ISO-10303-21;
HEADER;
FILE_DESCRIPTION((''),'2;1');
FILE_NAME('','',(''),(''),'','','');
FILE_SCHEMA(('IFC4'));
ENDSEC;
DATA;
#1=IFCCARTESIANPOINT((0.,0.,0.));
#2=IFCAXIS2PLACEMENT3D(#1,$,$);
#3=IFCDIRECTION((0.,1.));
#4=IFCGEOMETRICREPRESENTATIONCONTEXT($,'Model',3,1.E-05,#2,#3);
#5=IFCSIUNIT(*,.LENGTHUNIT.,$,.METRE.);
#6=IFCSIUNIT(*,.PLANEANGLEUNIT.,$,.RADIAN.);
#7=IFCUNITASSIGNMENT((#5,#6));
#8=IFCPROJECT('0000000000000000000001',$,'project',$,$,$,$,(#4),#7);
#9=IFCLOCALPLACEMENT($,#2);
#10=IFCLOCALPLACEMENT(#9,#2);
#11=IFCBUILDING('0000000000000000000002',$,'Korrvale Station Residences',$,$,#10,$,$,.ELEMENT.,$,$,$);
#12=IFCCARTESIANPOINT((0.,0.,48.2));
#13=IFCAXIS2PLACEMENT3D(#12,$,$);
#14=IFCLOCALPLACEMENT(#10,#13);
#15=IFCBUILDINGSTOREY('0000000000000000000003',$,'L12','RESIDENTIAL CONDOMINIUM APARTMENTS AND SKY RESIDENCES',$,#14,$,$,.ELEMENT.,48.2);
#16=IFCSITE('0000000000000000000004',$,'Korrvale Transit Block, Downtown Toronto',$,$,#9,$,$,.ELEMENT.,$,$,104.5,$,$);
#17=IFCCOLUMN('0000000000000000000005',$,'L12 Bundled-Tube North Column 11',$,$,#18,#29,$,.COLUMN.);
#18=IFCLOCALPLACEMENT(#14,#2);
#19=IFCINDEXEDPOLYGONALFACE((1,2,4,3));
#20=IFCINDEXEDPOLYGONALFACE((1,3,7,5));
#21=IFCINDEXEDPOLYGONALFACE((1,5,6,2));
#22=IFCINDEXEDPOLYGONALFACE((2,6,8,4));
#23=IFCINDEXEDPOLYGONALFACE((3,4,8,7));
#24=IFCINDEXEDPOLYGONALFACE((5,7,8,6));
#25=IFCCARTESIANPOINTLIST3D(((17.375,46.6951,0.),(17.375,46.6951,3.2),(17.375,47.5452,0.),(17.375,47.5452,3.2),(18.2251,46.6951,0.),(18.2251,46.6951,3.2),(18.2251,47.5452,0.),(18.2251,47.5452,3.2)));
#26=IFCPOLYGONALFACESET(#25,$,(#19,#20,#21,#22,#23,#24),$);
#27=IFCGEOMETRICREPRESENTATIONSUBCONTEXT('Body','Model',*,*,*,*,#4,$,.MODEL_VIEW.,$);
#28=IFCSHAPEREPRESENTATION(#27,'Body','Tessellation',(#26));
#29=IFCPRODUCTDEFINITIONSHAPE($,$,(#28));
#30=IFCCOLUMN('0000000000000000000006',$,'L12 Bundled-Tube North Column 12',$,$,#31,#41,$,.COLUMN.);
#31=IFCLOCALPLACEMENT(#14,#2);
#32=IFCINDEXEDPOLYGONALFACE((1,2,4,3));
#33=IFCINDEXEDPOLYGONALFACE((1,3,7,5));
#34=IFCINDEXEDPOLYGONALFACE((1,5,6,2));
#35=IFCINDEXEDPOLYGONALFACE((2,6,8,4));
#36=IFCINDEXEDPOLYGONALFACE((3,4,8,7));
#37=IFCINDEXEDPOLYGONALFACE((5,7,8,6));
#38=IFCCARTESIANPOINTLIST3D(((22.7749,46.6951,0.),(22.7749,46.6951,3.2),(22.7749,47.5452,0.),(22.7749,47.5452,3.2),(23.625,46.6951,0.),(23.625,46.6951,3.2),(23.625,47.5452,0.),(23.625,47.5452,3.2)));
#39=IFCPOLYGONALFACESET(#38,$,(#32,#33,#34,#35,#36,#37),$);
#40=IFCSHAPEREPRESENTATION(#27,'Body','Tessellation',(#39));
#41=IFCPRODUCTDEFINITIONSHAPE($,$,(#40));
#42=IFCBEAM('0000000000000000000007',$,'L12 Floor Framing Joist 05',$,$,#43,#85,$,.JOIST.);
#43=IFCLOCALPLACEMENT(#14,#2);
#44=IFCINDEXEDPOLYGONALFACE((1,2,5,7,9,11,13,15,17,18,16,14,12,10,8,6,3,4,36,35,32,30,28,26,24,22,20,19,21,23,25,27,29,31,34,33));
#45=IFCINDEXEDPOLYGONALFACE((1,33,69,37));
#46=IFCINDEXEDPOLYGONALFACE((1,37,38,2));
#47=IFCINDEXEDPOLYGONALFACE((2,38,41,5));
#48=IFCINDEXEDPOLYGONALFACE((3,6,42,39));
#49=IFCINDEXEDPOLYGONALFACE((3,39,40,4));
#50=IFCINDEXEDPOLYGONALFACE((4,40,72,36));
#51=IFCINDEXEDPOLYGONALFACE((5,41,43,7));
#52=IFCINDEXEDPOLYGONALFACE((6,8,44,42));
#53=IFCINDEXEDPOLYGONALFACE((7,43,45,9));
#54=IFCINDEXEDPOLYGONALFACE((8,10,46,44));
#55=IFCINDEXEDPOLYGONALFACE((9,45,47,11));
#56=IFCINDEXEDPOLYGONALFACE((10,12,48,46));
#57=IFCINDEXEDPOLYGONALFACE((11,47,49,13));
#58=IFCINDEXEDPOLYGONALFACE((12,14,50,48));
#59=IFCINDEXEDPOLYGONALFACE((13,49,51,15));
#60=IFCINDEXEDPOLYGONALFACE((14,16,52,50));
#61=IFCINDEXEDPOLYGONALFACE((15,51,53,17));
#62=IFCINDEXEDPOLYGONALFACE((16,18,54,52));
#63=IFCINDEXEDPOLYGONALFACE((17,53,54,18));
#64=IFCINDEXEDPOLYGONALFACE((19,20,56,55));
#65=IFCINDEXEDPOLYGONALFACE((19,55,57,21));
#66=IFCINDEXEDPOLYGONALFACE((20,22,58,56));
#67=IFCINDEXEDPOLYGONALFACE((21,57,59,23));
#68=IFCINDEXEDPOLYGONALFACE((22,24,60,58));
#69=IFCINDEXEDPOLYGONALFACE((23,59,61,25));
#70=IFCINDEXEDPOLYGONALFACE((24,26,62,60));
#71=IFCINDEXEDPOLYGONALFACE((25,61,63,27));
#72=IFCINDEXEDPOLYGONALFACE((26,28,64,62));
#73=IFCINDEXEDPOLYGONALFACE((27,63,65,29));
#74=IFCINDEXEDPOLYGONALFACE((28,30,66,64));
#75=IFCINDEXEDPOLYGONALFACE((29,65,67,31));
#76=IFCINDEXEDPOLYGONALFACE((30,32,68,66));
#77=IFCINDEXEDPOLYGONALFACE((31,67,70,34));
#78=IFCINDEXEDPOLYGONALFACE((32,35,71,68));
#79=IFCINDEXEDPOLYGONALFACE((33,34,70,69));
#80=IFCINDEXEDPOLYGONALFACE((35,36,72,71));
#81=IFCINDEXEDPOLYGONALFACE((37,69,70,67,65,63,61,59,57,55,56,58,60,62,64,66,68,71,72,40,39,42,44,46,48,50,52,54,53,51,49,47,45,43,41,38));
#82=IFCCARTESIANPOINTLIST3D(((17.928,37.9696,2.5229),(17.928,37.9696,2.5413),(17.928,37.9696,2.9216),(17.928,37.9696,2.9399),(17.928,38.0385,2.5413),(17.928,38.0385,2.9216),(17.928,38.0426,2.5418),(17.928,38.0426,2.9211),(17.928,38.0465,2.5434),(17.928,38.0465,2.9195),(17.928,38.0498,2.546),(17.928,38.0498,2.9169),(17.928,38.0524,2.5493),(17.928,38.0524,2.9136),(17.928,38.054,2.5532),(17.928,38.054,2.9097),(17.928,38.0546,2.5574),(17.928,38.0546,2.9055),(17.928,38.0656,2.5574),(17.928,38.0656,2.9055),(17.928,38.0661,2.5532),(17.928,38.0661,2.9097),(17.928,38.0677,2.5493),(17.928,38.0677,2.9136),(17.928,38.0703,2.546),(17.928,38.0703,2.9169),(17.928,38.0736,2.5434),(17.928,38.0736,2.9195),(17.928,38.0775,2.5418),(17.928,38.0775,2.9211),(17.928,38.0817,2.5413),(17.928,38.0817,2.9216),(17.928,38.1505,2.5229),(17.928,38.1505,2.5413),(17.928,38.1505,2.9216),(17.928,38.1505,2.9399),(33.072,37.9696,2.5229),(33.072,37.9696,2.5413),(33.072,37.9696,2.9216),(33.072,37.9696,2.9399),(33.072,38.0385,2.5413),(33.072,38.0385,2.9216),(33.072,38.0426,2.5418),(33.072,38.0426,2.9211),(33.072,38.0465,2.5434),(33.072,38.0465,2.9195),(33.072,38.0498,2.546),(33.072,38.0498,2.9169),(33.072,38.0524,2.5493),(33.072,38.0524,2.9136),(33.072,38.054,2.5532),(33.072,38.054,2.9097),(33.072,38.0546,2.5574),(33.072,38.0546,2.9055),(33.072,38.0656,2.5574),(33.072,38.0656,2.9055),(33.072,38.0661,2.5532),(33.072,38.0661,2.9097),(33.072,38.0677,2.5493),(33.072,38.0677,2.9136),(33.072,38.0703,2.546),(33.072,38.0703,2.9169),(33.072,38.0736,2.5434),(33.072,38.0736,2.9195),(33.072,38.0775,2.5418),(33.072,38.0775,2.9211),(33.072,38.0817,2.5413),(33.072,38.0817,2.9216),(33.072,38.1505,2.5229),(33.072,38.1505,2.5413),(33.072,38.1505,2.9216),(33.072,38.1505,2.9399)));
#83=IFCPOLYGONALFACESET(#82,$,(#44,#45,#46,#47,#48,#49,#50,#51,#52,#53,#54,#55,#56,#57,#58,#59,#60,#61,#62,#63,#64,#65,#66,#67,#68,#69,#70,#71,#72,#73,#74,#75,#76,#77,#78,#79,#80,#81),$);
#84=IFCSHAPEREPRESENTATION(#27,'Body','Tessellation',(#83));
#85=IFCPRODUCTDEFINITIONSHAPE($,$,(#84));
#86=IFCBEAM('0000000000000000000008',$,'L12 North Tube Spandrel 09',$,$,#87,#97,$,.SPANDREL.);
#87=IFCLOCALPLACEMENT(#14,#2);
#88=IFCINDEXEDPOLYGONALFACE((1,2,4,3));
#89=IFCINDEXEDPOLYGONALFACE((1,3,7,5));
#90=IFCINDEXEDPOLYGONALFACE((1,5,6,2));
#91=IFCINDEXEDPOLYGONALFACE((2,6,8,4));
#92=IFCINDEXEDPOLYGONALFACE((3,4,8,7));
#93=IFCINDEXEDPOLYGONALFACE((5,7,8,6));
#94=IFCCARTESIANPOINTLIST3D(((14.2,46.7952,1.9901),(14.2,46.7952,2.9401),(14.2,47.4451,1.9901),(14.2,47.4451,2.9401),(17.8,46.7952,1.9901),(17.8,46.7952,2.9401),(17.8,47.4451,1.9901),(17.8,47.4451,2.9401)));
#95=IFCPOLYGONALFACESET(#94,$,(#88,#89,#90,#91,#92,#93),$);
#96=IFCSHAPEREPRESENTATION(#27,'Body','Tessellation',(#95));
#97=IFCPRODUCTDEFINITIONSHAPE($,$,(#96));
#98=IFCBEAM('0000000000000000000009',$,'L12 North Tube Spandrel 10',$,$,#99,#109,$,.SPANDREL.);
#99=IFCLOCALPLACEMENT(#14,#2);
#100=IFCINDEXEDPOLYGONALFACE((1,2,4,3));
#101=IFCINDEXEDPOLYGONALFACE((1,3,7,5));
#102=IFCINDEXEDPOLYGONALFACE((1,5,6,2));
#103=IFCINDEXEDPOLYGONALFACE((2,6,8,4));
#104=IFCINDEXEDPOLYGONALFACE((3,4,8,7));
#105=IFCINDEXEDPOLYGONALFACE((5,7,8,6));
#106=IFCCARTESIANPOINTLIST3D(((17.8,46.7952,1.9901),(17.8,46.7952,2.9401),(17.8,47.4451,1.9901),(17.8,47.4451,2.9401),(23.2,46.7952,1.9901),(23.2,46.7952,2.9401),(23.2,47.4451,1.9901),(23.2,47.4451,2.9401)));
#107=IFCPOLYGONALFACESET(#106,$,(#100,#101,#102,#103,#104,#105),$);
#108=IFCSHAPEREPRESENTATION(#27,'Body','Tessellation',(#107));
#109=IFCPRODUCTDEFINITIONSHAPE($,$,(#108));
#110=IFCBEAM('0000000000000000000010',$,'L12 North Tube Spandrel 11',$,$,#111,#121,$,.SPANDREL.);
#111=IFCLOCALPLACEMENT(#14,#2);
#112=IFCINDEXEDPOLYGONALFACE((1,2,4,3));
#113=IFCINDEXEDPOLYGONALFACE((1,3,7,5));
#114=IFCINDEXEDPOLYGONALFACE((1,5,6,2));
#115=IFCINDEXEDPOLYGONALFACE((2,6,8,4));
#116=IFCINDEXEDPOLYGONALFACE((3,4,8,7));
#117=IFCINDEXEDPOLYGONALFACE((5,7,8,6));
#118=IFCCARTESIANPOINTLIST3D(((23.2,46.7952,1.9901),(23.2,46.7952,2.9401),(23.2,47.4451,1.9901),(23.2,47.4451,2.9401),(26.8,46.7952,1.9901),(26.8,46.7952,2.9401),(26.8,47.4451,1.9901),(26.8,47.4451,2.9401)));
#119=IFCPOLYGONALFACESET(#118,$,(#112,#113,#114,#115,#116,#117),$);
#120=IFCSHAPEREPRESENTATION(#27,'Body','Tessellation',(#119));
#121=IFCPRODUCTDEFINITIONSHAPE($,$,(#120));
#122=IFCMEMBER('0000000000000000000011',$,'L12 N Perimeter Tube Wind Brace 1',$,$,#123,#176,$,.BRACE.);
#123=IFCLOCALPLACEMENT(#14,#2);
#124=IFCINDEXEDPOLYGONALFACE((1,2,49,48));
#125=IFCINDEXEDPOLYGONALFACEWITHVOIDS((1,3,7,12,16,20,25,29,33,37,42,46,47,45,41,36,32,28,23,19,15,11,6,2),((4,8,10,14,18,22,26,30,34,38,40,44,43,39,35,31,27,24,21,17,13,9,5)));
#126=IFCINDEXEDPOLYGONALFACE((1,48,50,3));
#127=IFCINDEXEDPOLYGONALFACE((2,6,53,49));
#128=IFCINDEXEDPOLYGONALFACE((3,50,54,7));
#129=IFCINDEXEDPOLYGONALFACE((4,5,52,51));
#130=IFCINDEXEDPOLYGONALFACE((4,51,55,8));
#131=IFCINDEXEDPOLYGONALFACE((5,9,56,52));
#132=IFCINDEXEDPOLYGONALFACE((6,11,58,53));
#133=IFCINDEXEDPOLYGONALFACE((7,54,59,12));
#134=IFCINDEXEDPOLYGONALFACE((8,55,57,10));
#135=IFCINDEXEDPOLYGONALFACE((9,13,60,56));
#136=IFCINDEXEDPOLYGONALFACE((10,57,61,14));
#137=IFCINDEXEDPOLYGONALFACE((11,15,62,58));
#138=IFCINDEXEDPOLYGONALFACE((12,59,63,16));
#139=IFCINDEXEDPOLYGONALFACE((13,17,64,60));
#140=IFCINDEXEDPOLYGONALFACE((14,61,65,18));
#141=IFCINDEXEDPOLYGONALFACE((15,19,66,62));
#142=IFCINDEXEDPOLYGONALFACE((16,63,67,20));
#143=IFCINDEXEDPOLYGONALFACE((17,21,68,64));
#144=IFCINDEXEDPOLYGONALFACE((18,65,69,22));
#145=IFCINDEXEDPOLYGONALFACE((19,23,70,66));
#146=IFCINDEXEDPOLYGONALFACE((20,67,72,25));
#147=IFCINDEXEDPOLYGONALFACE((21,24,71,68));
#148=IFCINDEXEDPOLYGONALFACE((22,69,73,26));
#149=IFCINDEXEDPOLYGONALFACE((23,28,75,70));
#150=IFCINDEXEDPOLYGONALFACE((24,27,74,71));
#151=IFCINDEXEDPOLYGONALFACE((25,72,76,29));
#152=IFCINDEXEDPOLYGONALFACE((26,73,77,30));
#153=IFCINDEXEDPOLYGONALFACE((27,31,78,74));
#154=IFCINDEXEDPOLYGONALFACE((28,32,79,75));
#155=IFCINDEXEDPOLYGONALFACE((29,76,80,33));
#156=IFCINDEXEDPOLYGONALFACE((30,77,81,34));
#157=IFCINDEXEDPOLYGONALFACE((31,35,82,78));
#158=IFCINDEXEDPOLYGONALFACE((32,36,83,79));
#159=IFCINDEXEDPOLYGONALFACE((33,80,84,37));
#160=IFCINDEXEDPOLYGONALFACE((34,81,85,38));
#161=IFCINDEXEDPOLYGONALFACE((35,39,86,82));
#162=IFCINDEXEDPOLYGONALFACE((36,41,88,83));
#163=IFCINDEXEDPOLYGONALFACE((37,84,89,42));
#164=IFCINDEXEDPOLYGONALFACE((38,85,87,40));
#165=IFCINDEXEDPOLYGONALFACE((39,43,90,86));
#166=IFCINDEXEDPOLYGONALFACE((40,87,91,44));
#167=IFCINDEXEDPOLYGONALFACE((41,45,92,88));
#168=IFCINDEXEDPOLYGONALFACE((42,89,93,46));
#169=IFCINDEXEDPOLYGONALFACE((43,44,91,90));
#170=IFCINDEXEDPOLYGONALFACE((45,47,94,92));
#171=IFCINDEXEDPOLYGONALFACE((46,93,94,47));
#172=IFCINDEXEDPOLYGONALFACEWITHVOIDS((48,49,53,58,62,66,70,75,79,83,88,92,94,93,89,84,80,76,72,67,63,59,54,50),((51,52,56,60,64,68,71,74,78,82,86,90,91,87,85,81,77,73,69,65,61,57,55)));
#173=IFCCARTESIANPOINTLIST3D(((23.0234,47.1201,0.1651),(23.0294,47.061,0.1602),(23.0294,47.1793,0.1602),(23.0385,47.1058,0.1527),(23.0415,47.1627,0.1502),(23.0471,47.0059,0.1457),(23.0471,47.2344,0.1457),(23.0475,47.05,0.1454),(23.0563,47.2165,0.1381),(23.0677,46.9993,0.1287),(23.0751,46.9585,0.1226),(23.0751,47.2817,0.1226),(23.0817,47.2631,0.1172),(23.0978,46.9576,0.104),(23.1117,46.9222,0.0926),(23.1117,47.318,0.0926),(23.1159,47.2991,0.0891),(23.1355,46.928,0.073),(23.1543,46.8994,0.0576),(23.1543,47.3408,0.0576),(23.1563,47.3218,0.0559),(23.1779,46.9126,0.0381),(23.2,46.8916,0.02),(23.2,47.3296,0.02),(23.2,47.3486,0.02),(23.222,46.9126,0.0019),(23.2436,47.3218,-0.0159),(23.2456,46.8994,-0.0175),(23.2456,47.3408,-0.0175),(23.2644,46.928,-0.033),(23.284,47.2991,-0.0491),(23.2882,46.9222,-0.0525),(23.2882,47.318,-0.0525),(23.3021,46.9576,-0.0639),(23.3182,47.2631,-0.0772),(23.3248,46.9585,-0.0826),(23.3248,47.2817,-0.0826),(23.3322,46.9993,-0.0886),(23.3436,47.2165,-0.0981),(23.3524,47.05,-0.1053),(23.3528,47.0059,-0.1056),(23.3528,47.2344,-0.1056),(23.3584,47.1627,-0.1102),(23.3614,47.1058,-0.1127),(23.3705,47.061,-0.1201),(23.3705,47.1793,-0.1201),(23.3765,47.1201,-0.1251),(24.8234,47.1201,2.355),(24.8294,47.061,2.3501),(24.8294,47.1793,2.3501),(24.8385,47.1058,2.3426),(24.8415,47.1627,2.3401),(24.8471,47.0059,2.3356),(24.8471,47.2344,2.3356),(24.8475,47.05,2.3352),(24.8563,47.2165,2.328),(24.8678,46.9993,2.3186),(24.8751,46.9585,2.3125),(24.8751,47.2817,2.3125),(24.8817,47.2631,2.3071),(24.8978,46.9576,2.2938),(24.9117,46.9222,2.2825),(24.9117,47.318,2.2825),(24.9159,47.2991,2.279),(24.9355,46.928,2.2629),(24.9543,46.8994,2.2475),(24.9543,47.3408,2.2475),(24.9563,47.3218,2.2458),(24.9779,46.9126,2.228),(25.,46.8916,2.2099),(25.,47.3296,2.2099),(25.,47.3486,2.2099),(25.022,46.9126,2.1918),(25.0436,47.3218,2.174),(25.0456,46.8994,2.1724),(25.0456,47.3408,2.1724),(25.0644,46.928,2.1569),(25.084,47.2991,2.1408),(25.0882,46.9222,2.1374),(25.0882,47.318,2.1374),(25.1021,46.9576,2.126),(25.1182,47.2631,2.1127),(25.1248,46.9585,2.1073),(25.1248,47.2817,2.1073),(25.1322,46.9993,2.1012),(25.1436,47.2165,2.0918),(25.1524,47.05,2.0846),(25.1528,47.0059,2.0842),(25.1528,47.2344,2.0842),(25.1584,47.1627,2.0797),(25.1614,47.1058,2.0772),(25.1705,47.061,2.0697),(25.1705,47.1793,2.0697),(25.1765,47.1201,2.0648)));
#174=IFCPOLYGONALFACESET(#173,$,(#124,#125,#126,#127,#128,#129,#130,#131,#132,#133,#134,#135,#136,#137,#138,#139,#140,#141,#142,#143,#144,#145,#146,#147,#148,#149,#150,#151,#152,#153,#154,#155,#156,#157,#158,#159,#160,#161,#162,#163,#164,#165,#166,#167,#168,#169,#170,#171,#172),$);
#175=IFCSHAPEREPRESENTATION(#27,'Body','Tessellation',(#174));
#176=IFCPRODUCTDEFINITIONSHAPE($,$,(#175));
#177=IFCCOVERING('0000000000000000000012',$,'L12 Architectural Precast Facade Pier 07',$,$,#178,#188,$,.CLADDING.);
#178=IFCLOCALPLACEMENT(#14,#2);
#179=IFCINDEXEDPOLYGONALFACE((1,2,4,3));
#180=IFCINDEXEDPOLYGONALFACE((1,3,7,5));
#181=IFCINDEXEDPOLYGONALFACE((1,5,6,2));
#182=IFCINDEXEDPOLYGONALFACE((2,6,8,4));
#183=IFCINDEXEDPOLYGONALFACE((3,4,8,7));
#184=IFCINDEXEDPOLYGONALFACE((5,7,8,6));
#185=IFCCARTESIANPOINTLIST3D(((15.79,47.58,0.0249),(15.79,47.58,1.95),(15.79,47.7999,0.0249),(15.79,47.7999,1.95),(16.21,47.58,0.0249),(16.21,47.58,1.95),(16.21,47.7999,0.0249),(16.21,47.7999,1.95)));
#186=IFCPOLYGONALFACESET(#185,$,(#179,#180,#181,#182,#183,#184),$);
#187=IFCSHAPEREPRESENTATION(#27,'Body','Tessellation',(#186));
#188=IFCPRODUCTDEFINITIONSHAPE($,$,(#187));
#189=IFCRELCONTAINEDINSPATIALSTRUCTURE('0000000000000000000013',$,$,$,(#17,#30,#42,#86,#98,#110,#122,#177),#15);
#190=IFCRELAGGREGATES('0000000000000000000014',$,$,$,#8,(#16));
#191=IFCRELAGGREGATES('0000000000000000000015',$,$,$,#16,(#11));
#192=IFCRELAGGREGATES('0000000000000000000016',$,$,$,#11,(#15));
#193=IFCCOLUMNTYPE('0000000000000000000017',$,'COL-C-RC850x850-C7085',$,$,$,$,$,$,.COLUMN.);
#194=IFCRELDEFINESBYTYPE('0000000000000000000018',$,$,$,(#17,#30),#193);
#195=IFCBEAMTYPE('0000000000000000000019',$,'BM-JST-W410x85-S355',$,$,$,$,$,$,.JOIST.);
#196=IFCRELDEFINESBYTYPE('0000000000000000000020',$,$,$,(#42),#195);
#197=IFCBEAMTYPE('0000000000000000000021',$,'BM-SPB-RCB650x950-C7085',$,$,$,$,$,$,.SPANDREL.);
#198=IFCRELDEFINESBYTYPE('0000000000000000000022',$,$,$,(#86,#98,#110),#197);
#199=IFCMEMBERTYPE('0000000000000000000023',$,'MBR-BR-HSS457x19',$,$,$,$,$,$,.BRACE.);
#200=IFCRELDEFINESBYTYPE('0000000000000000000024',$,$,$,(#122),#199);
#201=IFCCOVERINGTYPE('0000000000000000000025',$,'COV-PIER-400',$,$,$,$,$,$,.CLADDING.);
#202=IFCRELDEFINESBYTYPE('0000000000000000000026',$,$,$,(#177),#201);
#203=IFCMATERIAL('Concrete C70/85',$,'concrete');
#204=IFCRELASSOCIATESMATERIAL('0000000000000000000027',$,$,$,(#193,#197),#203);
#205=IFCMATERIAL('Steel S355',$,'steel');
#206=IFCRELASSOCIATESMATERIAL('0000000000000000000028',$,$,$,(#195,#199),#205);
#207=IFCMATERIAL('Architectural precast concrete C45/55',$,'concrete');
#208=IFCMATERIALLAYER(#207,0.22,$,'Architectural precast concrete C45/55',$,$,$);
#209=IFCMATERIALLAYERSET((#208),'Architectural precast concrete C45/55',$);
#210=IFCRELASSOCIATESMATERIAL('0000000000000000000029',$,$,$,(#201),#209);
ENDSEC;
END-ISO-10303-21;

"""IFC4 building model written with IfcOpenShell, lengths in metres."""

from ifc_helpers import new_model, si_unit, direction, frame, origin, origin_2d, place, context, subcontext, project, spatial, rectangle, hollow_circle, i_section, extrude, material, layer, layer_set, material_profile, profile_set, type_object, element, save


model = new_model("IFC4")

# Units and contexts
model_context = context("Model", 3, precision=1e-05, world=origin(), true_north=direction((0.0, 1.0)))
body_context = subcontext(model_context, "Body", "Model", "MODEL_VIEW")
ifc_project = project(units=[si_unit("LENGTHUNIT", "METRE"), si_unit("PLANEANGLEUNIT", "RADIAN")], contexts=[model_context])

# Site, building, storey
site_placement = place(None, origin())
site = spatial("IfcSite", under=ifc_project, at=site_placement, Name="Korrvale Transit Block, Downtown Toronto", CompositionType="ELEMENT", RefElevation=104.5)
building_placement = place(site_placement, origin())
building = spatial("IfcBuilding", under=site, at=building_placement, Name="Korrvale Station Residences", CompositionType="ELEMENT")
storey_placement = place(building_placement, frame((0.0, 0.0, 48.2)))
storey = spatial("IfcBuildingStorey", under=building, at=storey_placement, Name="L12", Description="RESIDENTIAL CONDOMINIUM APARTMENTS AND SKY RESIDENCES", CompositionType="ELEMENT", Elevation=48.2)

# Columns
ifc_material_1 = material(Name="Concrete C70/85", Category="concrete")
ifc_material_profile_1 = material_profile(ifc_material_1, rectangle(XDim=0.8501, YDim=0.8501, at=origin_2d()), Name="RC850x850")
ifc_profile_set_1 = profile_set([ifc_material_profile_1], Name="Concrete C70/85")
column_type = type_object("IfcColumnType", Name="COL-C-RC850x850-C7085", PredefinedType="COLUMN", material=ifc_profile_set_1)
for number, where, z_axis, x_axis, name in (
    (1, (17.8, 47.1201, 0.0), (0.0, 0.0, 1.0), (1.0, 0.0, 0.0), "L12 Bundled-Tube North Column 11"),
    (2, (23.2, 47.1201, 0.0), (0.0, 0.0, 1.0), (1.0, 0.0, 0.0), "L12 Bundled-Tube North Column 12"),
):
    element("IfcColumn", number, at=place(storey_placement, frame(where, z_axis=z_axis, x_axis=x_axis)), inside=storey, type_object=column_type, Name=name, PredefinedType="COLUMN", context=body_context, shape_type="SweptSolid", body=[
        extrude(rectangle(XDim=0.8501, YDim=0.8501, at=origin_2d()), origin(), (0.0, 0.0, 1.0), 3.2),
    ])

# Beams
ifc_material_2 = material(Name="Steel S355", Category="steel")
ifc_material_profile_2 = material_profile(ifc_material_2, i_section(OverallWidth=0.1809, OverallDepth=0.417, WebThickness=0.011, FlangeThickness=0.0183, FilletRadius=0.0161, at=origin_2d()), Name="W410x85")
ifc_profile_set_2 = profile_set([ifc_material_profile_2], Name="Steel S355")
beam_type_1 = type_object("IfcBeamType", Name="BM-JST-W410x85-S355", PredefinedType="JOIST", material=ifc_profile_set_2)
beam_1_placement = place(storey_placement, frame((17.928, 38.0601, 2.7314), z_axis=(1.0, 0.0, 0.0), x_axis=(0.0, 1.0, 0.0)))
element("IfcBeam", 3, at=beam_1_placement, inside=storey, type_object=beam_type_1, Name="L12 Floor Framing Joist 05", PredefinedType="JOIST", context=body_context, shape_type="SweptSolid", body=[
    extrude(i_section(OverallWidth=0.1809, OverallDepth=0.417, WebThickness=0.011, FlangeThickness=0.0183, FilletRadius=0.0161, at=origin_2d()), origin(), (0.0, 0.0, 1.0), 15.144),
])
ifc_material_profile_3 = material_profile(ifc_material_1, rectangle(XDim=0.6499, YDim=0.95, at=origin_2d()), Name="RCB650x950")
ifc_profile_set_3 = profile_set([ifc_material_profile_3], Name="Concrete C70/85")
beam_type_2 = type_object("IfcBeamType", Name="BM-SPB-RCB650x950-C7085", PredefinedType="SPANDREL", material=ifc_profile_set_3)
beam_2_placement = place(storey_placement, frame((14.2, 47.1201, 2.4651), z_axis=(1.0, 0.0, 0.0), x_axis=(0.0, 1.0, 0.0)))
element("IfcBeam", 4, at=beam_2_placement, inside=storey, type_object=beam_type_2, Name="L12 North Tube Spandrel 09", PredefinedType="SPANDREL", context=body_context, shape_type="SweptSolid", body=[
    extrude(rectangle(XDim=0.6499, YDim=0.95, at=origin_2d()), origin(), (0.0, 0.0, 1.0), 3.6001),
])
beam_3_placement = place(storey_placement, frame((17.8, 47.1201, 2.4651), z_axis=(1.0, 0.0, 0.0), x_axis=(0.0, 1.0, 0.0)))
element("IfcBeam", 5, at=beam_3_placement, inside=storey, type_object=beam_type_2, Name="L12 North Tube Spandrel 10", PredefinedType="SPANDREL", context=body_context, shape_type="SweptSolid", body=[
    extrude(rectangle(XDim=0.6499, YDim=0.95, at=origin_2d()), origin(), (0.0, 0.0, 1.0), 5.3999),
])
beam_4_placement = place(storey_placement, frame((23.2, 47.1201, 2.4651), z_axis=(1.0, 0.0, 0.0), x_axis=(0.0, 1.0, 0.0)))
element("IfcBeam", 6, at=beam_4_placement, inside=storey, type_object=beam_type_2, Name="L12 North Tube Spandrel 11", PredefinedType="SPANDREL", context=body_context, shape_type="SweptSolid", body=[
    extrude(rectangle(XDim=0.6499, YDim=0.95, at=origin_2d()), origin(), (0.0, 0.0, 1.0), 3.6001),
])

# Member
ifc_material_profile_4 = material_profile(ifc_material_2, hollow_circle(Radius=0.2285, WallThickness=0.019, at=origin_2d()), Name="HSS457x19")
ifc_profile_set_4 = profile_set([ifc_material_profile_4], Name="Steel S355")
member_type = type_object("IfcMemberType", Name="MBR-BR-HSS457x19", PredefinedType="BRACE", material=ifc_profile_set_4)
member_placement = place(storey_placement, frame((23.2, 47.1201, 0.02), z_axis=(0.634985, 0.0, 0.772524), x_axis=(0.0, 1.0, 0.0)))
element("IfcMember", 7, at=member_placement, inside=storey, type_object=member_type, Name="L12 N Perimeter Tube Wind Brace 1", PredefinedType="BRACE", context=body_context, shape_type="SweptSolid", body=[
    extrude(hollow_circle(Radius=0.2285, WallThickness=0.019, at=origin_2d()), origin(), (0.0, 0.0, 1.0), 2.8347),
])

# Covering
ifc_material_3 = material(Name="Architectural precast concrete C45/55", Category="concrete")
ifc_layer_1 = layer(ifc_material_3, 0.22, Name="Architectural precast concrete C45/55")
ifc_layer_set_1 = layer_set([ifc_layer_1], Name="Architectural precast concrete C45/55")
covering_type = type_object("IfcCoveringType", Name="COV-PIER-400", PredefinedType="CLADDING", material=ifc_layer_set_1)
for number, where, z_axis, x_axis, name in (
    (8, (16.0, 47.6899, 0.0249), (0.0, 0.0, 1.0), (1.0, 0.0, 0.0), "L12 Architectural Precast Facade Pier 07"),
):
    element("IfcCovering", number, at=place(storey_placement, frame(where, z_axis=z_axis, x_axis=x_axis)), inside=storey, type_object=covering_type, Name=name, PredefinedType="CLADDING", context=body_context, shape_type="SweptSolid", body=[
        extrude(rectangle(XDim=0.4199, YDim=0.22, at=origin_2d()), origin(), (0.0, 0.0, 1.0), 1.925),
    ])

save(model, "model.ifc")
